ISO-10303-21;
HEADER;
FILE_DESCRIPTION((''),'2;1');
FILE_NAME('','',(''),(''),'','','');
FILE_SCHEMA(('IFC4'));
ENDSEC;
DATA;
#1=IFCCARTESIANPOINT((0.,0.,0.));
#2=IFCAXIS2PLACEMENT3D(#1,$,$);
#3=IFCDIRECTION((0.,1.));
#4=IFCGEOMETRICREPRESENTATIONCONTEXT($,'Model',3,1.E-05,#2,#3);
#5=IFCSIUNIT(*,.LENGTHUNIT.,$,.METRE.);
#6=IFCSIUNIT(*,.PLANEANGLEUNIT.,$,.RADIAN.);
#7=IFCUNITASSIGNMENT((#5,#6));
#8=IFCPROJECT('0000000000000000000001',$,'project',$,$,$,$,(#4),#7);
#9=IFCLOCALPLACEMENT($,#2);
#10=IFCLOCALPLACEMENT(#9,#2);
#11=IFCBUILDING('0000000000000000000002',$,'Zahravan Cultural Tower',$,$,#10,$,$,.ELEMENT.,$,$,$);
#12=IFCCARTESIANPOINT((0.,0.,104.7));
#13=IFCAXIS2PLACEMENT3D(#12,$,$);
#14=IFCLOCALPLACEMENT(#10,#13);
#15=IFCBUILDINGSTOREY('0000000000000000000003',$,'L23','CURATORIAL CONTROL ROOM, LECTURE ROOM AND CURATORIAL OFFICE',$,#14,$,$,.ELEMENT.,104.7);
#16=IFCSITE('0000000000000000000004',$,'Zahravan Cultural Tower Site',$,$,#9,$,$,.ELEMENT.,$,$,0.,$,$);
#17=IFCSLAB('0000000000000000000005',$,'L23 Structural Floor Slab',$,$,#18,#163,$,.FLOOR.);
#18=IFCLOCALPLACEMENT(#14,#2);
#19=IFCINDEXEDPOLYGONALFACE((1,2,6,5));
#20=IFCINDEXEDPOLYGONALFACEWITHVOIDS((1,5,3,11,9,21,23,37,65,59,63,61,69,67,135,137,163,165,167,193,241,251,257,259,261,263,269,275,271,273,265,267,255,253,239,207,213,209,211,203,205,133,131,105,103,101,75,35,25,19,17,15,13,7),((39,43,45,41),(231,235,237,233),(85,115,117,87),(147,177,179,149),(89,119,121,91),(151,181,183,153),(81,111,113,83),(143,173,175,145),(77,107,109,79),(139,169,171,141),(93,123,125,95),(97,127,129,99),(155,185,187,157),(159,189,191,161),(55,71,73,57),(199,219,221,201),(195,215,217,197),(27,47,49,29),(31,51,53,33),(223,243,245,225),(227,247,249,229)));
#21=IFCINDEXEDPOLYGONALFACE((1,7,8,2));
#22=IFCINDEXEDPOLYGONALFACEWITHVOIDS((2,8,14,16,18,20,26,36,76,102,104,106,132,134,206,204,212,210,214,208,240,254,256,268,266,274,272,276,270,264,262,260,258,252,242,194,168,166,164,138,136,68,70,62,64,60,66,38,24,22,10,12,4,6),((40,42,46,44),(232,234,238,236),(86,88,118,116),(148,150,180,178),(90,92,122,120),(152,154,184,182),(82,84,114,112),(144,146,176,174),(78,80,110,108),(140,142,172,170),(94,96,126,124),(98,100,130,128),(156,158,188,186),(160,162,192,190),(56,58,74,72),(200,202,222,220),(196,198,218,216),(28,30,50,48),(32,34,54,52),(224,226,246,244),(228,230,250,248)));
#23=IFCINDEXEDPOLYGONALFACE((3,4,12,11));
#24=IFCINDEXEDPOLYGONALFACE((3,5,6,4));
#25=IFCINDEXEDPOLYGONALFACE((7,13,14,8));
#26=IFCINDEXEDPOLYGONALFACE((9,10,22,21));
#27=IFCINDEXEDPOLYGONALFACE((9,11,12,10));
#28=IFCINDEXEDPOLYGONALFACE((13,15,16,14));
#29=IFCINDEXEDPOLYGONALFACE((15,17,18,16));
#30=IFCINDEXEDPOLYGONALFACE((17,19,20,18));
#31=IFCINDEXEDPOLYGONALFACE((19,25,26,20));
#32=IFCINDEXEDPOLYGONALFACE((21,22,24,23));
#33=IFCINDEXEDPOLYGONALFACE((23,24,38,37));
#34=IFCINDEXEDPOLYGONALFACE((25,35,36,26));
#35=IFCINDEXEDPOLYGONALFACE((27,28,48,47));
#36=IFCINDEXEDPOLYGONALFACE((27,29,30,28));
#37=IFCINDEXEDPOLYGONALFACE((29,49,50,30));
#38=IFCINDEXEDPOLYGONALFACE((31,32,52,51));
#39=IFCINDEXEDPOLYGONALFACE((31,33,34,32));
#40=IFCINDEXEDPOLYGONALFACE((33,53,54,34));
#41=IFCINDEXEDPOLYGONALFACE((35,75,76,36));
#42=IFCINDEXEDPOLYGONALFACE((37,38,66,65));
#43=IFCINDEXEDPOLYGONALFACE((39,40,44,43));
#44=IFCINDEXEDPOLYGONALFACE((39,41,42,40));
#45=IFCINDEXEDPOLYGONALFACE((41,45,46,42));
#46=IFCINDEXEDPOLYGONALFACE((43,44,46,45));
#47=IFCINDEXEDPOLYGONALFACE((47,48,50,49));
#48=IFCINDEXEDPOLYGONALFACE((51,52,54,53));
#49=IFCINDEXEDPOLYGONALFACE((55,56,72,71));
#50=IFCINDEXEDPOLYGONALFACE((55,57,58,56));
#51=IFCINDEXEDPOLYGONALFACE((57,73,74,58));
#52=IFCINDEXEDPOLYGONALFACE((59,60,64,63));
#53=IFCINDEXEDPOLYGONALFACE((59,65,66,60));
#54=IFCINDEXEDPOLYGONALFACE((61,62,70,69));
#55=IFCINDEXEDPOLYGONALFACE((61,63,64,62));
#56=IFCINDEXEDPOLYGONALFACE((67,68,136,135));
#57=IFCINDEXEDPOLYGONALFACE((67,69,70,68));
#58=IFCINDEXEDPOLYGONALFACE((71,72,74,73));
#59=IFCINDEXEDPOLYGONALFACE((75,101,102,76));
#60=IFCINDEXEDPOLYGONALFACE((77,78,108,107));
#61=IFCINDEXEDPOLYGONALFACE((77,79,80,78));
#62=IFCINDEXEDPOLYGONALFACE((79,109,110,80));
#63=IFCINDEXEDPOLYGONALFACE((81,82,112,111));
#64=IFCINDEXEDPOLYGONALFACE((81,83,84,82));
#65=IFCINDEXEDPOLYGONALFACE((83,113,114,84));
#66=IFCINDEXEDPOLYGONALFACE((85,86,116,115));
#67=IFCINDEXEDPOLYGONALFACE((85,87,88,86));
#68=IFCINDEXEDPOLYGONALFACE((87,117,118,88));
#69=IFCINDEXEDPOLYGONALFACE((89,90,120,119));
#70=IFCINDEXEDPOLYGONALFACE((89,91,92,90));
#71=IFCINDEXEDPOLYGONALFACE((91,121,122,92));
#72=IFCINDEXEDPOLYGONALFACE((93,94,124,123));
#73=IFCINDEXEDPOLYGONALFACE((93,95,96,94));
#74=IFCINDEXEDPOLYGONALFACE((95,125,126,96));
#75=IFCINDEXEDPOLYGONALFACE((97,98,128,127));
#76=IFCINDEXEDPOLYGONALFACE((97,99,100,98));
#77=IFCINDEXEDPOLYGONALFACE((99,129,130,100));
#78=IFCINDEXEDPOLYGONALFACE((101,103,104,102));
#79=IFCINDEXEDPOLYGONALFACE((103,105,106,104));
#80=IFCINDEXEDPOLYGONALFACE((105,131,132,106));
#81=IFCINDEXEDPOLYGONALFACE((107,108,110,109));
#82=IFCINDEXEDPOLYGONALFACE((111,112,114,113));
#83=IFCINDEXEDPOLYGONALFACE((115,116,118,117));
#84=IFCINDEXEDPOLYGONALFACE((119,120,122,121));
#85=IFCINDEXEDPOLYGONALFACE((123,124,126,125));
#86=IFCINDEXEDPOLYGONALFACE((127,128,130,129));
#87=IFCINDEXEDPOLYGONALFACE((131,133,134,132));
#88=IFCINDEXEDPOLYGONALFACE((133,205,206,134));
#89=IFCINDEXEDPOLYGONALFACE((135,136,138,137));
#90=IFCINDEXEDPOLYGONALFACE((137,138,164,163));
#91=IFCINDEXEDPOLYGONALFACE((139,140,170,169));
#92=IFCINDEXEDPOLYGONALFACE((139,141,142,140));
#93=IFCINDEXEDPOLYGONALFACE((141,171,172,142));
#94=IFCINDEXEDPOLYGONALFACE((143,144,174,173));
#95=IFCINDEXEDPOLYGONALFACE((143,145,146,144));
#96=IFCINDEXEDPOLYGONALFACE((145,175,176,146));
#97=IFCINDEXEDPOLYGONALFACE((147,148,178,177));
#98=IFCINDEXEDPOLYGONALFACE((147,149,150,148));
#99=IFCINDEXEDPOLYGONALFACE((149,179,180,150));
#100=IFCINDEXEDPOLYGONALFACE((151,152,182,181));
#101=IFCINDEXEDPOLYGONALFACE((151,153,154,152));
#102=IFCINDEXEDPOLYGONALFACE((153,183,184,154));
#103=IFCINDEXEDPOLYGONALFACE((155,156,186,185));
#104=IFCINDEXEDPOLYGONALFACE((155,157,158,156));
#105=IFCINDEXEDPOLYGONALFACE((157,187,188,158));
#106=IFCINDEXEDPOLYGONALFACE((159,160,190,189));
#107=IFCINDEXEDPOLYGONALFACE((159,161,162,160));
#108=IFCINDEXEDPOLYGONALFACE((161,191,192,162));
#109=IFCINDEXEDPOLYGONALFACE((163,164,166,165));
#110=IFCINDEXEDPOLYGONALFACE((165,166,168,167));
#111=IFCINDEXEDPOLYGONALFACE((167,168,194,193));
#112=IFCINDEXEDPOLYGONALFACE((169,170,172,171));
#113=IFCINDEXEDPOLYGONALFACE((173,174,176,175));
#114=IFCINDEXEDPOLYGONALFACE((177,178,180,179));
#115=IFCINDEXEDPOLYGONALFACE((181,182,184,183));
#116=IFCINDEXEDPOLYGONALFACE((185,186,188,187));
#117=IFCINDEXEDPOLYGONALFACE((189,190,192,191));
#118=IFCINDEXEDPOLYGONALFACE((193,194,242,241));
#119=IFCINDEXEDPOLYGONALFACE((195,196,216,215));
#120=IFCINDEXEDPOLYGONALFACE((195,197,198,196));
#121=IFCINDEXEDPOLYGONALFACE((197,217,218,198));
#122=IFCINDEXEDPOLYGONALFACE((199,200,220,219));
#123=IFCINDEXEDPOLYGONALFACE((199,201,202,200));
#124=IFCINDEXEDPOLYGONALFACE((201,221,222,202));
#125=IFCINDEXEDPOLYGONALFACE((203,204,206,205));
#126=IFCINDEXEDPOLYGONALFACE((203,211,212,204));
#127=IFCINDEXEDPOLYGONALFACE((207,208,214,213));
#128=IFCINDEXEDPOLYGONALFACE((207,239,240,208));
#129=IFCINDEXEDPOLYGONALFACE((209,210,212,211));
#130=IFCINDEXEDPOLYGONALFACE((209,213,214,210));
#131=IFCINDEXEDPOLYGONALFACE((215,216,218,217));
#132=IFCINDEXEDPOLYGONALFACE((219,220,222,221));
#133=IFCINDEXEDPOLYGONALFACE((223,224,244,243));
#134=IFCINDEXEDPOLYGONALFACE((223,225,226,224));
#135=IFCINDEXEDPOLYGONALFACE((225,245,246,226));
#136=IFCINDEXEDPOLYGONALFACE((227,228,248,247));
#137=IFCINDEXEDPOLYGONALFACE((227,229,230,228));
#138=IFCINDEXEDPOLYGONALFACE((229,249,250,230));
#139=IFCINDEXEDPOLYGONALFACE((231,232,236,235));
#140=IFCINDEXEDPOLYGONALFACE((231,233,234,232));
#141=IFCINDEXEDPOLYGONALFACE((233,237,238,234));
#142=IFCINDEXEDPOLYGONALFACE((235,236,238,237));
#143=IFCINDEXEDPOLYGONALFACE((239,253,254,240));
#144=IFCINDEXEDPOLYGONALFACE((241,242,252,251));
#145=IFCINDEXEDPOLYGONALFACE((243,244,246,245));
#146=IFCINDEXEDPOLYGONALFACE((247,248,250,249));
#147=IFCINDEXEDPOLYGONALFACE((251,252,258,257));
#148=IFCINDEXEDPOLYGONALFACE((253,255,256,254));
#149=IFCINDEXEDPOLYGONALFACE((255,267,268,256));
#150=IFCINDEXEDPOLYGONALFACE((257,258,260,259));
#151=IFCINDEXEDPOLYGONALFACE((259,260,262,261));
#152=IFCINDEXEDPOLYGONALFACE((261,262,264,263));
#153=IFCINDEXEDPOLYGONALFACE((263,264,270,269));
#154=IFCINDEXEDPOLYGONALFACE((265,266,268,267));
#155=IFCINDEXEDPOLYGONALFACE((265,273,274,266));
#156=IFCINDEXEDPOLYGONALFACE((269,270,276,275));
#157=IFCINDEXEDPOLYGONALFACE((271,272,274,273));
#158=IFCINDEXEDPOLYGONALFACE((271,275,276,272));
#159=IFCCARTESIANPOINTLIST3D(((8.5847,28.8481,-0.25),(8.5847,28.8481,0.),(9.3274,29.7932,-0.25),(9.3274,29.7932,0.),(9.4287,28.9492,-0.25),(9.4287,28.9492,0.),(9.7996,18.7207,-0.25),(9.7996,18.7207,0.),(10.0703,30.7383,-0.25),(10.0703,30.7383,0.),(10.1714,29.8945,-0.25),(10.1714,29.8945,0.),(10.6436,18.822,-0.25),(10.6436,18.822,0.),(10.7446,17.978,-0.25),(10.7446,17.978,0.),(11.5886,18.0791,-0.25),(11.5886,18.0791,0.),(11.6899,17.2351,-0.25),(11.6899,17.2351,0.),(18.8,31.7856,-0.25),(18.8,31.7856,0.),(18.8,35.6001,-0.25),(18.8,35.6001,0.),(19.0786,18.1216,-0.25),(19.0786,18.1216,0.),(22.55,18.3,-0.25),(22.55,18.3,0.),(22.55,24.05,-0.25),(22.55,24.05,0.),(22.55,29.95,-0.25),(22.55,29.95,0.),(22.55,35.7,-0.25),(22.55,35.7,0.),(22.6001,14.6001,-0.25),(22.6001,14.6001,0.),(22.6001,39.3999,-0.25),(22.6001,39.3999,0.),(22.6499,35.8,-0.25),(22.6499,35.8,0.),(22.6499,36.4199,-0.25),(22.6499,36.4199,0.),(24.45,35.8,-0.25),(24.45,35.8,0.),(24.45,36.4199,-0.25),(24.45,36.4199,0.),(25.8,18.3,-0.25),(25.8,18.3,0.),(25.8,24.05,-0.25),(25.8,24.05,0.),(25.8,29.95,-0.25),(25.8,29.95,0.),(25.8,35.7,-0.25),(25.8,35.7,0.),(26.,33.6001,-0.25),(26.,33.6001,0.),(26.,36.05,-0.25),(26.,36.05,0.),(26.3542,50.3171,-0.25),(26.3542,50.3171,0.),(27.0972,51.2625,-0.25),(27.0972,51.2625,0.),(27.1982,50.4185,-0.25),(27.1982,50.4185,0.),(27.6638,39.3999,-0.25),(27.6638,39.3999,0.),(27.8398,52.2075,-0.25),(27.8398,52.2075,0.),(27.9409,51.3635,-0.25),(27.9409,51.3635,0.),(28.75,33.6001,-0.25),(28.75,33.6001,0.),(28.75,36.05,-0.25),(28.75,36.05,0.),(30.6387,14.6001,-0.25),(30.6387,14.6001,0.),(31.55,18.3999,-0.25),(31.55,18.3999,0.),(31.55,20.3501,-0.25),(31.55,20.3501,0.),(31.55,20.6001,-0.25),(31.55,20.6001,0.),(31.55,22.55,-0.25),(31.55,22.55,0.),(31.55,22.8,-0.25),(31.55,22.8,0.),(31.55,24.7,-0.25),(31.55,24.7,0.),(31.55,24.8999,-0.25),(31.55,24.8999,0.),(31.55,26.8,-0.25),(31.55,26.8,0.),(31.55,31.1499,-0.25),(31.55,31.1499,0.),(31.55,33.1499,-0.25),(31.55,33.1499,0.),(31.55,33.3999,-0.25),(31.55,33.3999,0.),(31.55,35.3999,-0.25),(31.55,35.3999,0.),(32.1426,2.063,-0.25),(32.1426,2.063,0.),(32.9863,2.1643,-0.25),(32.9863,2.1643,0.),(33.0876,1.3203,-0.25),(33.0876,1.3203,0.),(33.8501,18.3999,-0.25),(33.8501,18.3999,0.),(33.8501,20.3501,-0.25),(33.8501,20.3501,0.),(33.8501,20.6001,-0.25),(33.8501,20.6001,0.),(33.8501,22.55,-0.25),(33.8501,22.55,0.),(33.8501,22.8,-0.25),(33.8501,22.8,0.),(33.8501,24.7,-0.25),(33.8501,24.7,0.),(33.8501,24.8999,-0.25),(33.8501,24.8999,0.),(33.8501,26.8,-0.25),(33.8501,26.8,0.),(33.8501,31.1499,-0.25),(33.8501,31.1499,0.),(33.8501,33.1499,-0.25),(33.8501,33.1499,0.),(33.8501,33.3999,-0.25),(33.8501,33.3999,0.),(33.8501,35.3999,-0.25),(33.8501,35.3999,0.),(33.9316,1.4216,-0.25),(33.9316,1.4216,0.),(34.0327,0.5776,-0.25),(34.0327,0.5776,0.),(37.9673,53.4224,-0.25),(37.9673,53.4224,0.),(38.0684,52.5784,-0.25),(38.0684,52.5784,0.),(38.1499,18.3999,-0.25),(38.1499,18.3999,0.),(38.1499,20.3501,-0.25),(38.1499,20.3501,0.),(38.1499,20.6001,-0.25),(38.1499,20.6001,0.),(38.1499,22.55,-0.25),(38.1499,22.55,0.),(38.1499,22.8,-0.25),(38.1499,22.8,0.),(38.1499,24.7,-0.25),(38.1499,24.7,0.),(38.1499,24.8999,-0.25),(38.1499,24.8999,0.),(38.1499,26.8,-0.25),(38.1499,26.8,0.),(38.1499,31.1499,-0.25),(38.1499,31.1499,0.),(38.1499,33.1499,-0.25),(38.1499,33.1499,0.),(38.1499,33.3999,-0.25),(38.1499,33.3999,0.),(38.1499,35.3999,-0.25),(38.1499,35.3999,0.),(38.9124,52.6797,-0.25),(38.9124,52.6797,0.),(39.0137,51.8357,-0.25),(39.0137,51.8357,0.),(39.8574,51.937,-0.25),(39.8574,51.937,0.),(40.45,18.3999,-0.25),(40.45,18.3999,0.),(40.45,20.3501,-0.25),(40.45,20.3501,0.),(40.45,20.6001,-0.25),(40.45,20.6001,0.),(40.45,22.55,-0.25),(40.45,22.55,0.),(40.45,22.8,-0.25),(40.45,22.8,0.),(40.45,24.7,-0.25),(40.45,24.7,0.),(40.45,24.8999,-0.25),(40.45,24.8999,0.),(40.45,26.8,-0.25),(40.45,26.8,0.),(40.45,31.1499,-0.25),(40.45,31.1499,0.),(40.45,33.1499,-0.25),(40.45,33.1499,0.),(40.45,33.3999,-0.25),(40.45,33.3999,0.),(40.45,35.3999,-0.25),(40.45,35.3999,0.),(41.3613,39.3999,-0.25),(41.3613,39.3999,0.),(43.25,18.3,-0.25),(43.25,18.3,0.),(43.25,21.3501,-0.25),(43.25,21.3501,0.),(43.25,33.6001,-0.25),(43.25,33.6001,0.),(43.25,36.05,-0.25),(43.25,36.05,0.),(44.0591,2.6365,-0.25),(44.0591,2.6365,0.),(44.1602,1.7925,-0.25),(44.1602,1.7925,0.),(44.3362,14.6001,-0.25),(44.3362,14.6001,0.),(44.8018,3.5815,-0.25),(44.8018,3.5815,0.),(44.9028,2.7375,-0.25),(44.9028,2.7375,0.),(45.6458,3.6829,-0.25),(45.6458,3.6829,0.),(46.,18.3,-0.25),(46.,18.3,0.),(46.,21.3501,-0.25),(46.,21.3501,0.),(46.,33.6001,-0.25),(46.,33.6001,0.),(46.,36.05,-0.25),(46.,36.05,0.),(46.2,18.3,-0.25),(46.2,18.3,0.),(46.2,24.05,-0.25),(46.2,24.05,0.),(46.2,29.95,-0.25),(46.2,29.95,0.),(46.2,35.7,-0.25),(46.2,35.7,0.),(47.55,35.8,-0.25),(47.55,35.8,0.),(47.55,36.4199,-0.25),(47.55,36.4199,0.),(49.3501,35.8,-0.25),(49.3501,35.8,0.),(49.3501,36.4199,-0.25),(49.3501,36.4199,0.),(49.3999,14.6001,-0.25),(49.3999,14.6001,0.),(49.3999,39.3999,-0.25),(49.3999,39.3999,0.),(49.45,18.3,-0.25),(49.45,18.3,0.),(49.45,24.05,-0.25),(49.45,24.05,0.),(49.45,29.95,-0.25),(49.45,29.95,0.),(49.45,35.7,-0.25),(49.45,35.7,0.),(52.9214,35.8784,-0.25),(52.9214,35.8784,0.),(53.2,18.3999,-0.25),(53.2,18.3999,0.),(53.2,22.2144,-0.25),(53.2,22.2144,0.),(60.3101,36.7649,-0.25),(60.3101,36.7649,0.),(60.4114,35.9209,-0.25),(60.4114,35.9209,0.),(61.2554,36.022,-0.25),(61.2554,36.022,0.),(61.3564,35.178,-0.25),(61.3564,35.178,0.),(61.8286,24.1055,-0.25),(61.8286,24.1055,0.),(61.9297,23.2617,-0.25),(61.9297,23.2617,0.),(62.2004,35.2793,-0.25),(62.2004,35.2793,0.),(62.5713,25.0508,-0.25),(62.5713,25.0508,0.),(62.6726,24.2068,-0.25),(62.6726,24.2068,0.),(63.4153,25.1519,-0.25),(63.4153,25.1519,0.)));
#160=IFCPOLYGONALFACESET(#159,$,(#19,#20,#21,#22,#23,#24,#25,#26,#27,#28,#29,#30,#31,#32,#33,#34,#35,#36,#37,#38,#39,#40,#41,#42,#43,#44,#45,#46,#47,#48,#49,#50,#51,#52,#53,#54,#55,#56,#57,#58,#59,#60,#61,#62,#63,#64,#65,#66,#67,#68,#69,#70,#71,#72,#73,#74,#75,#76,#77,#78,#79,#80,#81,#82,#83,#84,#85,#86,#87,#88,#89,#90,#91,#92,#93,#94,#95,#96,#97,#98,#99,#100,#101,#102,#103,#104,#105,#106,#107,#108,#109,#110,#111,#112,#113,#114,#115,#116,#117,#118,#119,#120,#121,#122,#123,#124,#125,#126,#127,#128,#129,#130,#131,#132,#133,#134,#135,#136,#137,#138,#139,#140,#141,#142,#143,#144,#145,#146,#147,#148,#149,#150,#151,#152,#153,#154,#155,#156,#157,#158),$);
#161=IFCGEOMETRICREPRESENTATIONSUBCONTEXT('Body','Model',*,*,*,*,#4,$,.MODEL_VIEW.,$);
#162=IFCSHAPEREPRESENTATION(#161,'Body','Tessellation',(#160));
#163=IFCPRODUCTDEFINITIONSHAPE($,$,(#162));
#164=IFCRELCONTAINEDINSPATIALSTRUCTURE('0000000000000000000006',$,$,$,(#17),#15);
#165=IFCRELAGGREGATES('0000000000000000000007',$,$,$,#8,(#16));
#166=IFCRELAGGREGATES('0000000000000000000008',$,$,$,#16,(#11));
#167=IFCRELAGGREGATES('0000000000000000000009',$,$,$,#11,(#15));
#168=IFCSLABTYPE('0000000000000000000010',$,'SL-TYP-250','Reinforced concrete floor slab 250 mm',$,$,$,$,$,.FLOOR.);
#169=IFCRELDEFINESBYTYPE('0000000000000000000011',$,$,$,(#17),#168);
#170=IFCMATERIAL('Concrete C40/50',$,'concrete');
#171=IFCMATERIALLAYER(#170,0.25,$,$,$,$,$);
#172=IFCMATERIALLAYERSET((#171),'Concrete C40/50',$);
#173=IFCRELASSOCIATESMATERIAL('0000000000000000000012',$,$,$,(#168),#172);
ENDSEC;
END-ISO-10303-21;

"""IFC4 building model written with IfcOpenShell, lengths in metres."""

from ifc_helpers import new_model, si_unit, direction, frame, origin, place, context, subcontext, project, spatial, polyline, outline, extrude, material, layer, layer_set, type_object, element, save


model = new_model("IFC4")

# Units and contexts
model_context = context("Model", 3, precision=1e-05, world=origin(), true_north=direction((0.0, 1.0)))
body_context = subcontext(model_context, "Body", "Model", "MODEL_VIEW")
ifc_project = project(units=[si_unit("LENGTHUNIT", "METRE"), si_unit("PLANEANGLEUNIT", "RADIAN")], contexts=[model_context])

# Site, building, storey
site_placement = place(None, origin())
site = spatial("IfcSite", under=ifc_project, at=site_placement, Name="Zahravan Cultural Tower Site", CompositionType="ELEMENT", RefElevation=0.0)
building_placement = place(site_placement, origin())
building = spatial("IfcBuilding", under=site, at=building_placement, Name="Zahravan Cultural Tower", CompositionType="ELEMENT")
storey_placement = place(building_placement, frame((0.0, 0.0, 104.7)))
storey = spatial("IfcBuildingStorey", under=building, at=storey_placement, Name="L23", Description="CURATORIAL CONTROL ROOM, LECTURE ROOM AND CURATORIAL OFFICE", CompositionType="ELEMENT", Elevation=104.7)

# Slab
ifc_material_1 = material(Name="Concrete C40/50", Category="concrete")
ifc_layer_1 = layer(ifc_material_1, 0.25)
ifc_layer_set_1 = layer_set([ifc_layer_1], Name="Concrete C40/50")
slab_type_1 = type_object("IfcSlabType", Name="SL-TYP-250", Description="Reinforced concrete floor slab 250 mm", PredefinedType="FLOOR", material=ifc_layer_set_1)
slab_1_placement = place(storey_placement, frame((0.0, 0.0, -0.25)))
element("IfcSlab", 1, at=slab_1_placement, inside=storey, type_object=slab_type_1, Name="L23 Structural Floor Slab", PredefinedType="FLOOR", context=body_context, shape_type="SweptSolid", body=[
    extrude(outline(polyline([(52.9214, 35.8784), (49.3999, 39.3999), (41.3613, 39.3999), (39.8574, 51.937), (39.0137, 51.8357), (38.9124, 52.6797), (38.0684, 52.5784), (37.9673, 53.4224), (27.8398, 52.2075), (27.9409, 51.3635), (27.0972, 51.2625), (27.1982, 50.4185), (26.3542, 50.3171), (27.6638, 39.3999), (22.6001, 39.3999), (18.8, 35.6001), (18.8, 31.7856), (10.0703, 30.7383), (10.1714, 29.8945), (9.3274, 29.7932), (9.4287, 28.9492), (8.5847, 28.8481), (9.7996, 18.7207), (10.6436, 18.822), (10.7446, 17.978), (11.5886, 18.0791), (11.6899, 17.2351), (19.0786, 18.1216), (22.6001, 14.6001), (30.6387, 14.6001), (32.1426, 2.063), (32.9863, 2.1643), (33.0876, 1.3203), (33.9316, 1.4216), (34.0327, 0.5776), (44.1602, 1.7925), (44.0591, 2.6365), (44.9028, 2.7375), (44.8018, 3.5815), (45.6458, 3.6829), (44.3362, 14.6001), (49.3999, 14.6001), (53.2, 18.3999), (53.2, 22.2144), (61.9297, 23.2617), (61.8286, 24.1055), (62.6726, 24.2068), (62.5713, 25.0508), (63.4153, 25.1519), (62.2004, 35.2793), (61.3564, 35.178), (61.2554, 36.022), (60.4114, 35.9209), (60.3101, 36.7649), (52.9214, 35.8784)]), holes=[polyline([(22.55, 29.95), (22.55, 35.7), (25.8, 35.7), (25.8, 29.95), (22.55, 29.95)]), polyline([(22.55, 18.3), (22.55, 24.05), (25.8, 24.05), (25.8, 18.3), (22.55, 18.3)]), polyline([(46.2, 29.95), (46.2, 35.7), (49.45, 35.7), (49.45, 29.95), (46.2, 29.95)]), polyline([(46.2, 18.3), (46.2, 24.05), (49.45, 24.05), (49.45, 18.3), (46.2, 18.3)]), polyline([(26.0, 33.6001), (26.0, 36.05), (28.75, 36.05), (28.75, 33.6001), (26.0, 33.6001)]), polyline([(43.25, 33.6001), (43.25, 36.05), (46.0, 36.05), (46.0, 33.6001), (43.25, 33.6001)]), polyline([(43.25, 18.3), (43.25, 21.3501), (46.0, 21.3501), (46.0, 18.3), (43.25, 18.3)]), polyline([(31.55, 33.3999), (31.55, 35.3999), (33.8501, 35.3999), (33.8501, 33.3999), (31.55, 33.3999)]), polyline([(31.55, 31.1499), (31.55, 33.1499), (33.8501, 33.1499), (33.8501, 31.1499), (31.55, 31.1499)]), polyline([(38.1499, 33.3999), (38.1499, 35.3999), (40.45, 35.3999), (40.45, 33.3999), (38.1499, 33.3999)]), polyline([(38.1499, 31.1499), (38.1499, 33.1499), (40.45, 33.1499), (40.45, 31.1499), (38.1499, 31.1499)]), polyline([(31.55, 20.6001), (31.55, 22.55), (33.8501, 22.55), (33.8501, 20.6001), (31.55, 20.6001)]), polyline([(31.55, 18.3999), (31.55, 20.3501), (33.8501, 20.3501), (33.8501, 18.3999), (31.55, 18.3999)]), polyline([(38.1499, 20.6001), (38.1499, 22.55), (40.45, 22.55), (40.45, 20.6001), (38.1499, 20.6001)]), polyline([(38.1499, 18.3999), (38.1499, 20.3501), (40.45, 20.3501), (40.45, 18.3999), (38.1499, 18.3999)]), polyline([(31.55, 24.8999), (31.55, 26.8), (33.8501, 26.8), (33.8501, 24.8999), (31.55, 24.8999)]), polyline([(31.55, 22.8), (31.55, 24.7), (33.8501, 24.7), (33.8501, 22.8), (31.55, 22.8)]), polyline([(38.1499, 24.8999), (38.1499, 26.8), (40.45, 26.8), (40.45, 24.8999), (38.1499, 24.8999)]), polyline([(38.1499, 22.8), (38.1499, 24.7), (40.45, 24.7), (40.45, 22.8), (38.1499, 22.8)]), polyline([(22.6499, 35.8), (22.6499, 36.4199), (24.45, 36.4199), (24.45, 35.8), (22.6499, 35.8)]), polyline([(47.55, 35.8), (47.55, 36.4199), (49.3501, 36.4199), (49.3501, 35.8), (47.55, 35.8)])]), origin(), (0.0, 0.0, 1.0), 0.25),
])

save(model, "model.ifc")
